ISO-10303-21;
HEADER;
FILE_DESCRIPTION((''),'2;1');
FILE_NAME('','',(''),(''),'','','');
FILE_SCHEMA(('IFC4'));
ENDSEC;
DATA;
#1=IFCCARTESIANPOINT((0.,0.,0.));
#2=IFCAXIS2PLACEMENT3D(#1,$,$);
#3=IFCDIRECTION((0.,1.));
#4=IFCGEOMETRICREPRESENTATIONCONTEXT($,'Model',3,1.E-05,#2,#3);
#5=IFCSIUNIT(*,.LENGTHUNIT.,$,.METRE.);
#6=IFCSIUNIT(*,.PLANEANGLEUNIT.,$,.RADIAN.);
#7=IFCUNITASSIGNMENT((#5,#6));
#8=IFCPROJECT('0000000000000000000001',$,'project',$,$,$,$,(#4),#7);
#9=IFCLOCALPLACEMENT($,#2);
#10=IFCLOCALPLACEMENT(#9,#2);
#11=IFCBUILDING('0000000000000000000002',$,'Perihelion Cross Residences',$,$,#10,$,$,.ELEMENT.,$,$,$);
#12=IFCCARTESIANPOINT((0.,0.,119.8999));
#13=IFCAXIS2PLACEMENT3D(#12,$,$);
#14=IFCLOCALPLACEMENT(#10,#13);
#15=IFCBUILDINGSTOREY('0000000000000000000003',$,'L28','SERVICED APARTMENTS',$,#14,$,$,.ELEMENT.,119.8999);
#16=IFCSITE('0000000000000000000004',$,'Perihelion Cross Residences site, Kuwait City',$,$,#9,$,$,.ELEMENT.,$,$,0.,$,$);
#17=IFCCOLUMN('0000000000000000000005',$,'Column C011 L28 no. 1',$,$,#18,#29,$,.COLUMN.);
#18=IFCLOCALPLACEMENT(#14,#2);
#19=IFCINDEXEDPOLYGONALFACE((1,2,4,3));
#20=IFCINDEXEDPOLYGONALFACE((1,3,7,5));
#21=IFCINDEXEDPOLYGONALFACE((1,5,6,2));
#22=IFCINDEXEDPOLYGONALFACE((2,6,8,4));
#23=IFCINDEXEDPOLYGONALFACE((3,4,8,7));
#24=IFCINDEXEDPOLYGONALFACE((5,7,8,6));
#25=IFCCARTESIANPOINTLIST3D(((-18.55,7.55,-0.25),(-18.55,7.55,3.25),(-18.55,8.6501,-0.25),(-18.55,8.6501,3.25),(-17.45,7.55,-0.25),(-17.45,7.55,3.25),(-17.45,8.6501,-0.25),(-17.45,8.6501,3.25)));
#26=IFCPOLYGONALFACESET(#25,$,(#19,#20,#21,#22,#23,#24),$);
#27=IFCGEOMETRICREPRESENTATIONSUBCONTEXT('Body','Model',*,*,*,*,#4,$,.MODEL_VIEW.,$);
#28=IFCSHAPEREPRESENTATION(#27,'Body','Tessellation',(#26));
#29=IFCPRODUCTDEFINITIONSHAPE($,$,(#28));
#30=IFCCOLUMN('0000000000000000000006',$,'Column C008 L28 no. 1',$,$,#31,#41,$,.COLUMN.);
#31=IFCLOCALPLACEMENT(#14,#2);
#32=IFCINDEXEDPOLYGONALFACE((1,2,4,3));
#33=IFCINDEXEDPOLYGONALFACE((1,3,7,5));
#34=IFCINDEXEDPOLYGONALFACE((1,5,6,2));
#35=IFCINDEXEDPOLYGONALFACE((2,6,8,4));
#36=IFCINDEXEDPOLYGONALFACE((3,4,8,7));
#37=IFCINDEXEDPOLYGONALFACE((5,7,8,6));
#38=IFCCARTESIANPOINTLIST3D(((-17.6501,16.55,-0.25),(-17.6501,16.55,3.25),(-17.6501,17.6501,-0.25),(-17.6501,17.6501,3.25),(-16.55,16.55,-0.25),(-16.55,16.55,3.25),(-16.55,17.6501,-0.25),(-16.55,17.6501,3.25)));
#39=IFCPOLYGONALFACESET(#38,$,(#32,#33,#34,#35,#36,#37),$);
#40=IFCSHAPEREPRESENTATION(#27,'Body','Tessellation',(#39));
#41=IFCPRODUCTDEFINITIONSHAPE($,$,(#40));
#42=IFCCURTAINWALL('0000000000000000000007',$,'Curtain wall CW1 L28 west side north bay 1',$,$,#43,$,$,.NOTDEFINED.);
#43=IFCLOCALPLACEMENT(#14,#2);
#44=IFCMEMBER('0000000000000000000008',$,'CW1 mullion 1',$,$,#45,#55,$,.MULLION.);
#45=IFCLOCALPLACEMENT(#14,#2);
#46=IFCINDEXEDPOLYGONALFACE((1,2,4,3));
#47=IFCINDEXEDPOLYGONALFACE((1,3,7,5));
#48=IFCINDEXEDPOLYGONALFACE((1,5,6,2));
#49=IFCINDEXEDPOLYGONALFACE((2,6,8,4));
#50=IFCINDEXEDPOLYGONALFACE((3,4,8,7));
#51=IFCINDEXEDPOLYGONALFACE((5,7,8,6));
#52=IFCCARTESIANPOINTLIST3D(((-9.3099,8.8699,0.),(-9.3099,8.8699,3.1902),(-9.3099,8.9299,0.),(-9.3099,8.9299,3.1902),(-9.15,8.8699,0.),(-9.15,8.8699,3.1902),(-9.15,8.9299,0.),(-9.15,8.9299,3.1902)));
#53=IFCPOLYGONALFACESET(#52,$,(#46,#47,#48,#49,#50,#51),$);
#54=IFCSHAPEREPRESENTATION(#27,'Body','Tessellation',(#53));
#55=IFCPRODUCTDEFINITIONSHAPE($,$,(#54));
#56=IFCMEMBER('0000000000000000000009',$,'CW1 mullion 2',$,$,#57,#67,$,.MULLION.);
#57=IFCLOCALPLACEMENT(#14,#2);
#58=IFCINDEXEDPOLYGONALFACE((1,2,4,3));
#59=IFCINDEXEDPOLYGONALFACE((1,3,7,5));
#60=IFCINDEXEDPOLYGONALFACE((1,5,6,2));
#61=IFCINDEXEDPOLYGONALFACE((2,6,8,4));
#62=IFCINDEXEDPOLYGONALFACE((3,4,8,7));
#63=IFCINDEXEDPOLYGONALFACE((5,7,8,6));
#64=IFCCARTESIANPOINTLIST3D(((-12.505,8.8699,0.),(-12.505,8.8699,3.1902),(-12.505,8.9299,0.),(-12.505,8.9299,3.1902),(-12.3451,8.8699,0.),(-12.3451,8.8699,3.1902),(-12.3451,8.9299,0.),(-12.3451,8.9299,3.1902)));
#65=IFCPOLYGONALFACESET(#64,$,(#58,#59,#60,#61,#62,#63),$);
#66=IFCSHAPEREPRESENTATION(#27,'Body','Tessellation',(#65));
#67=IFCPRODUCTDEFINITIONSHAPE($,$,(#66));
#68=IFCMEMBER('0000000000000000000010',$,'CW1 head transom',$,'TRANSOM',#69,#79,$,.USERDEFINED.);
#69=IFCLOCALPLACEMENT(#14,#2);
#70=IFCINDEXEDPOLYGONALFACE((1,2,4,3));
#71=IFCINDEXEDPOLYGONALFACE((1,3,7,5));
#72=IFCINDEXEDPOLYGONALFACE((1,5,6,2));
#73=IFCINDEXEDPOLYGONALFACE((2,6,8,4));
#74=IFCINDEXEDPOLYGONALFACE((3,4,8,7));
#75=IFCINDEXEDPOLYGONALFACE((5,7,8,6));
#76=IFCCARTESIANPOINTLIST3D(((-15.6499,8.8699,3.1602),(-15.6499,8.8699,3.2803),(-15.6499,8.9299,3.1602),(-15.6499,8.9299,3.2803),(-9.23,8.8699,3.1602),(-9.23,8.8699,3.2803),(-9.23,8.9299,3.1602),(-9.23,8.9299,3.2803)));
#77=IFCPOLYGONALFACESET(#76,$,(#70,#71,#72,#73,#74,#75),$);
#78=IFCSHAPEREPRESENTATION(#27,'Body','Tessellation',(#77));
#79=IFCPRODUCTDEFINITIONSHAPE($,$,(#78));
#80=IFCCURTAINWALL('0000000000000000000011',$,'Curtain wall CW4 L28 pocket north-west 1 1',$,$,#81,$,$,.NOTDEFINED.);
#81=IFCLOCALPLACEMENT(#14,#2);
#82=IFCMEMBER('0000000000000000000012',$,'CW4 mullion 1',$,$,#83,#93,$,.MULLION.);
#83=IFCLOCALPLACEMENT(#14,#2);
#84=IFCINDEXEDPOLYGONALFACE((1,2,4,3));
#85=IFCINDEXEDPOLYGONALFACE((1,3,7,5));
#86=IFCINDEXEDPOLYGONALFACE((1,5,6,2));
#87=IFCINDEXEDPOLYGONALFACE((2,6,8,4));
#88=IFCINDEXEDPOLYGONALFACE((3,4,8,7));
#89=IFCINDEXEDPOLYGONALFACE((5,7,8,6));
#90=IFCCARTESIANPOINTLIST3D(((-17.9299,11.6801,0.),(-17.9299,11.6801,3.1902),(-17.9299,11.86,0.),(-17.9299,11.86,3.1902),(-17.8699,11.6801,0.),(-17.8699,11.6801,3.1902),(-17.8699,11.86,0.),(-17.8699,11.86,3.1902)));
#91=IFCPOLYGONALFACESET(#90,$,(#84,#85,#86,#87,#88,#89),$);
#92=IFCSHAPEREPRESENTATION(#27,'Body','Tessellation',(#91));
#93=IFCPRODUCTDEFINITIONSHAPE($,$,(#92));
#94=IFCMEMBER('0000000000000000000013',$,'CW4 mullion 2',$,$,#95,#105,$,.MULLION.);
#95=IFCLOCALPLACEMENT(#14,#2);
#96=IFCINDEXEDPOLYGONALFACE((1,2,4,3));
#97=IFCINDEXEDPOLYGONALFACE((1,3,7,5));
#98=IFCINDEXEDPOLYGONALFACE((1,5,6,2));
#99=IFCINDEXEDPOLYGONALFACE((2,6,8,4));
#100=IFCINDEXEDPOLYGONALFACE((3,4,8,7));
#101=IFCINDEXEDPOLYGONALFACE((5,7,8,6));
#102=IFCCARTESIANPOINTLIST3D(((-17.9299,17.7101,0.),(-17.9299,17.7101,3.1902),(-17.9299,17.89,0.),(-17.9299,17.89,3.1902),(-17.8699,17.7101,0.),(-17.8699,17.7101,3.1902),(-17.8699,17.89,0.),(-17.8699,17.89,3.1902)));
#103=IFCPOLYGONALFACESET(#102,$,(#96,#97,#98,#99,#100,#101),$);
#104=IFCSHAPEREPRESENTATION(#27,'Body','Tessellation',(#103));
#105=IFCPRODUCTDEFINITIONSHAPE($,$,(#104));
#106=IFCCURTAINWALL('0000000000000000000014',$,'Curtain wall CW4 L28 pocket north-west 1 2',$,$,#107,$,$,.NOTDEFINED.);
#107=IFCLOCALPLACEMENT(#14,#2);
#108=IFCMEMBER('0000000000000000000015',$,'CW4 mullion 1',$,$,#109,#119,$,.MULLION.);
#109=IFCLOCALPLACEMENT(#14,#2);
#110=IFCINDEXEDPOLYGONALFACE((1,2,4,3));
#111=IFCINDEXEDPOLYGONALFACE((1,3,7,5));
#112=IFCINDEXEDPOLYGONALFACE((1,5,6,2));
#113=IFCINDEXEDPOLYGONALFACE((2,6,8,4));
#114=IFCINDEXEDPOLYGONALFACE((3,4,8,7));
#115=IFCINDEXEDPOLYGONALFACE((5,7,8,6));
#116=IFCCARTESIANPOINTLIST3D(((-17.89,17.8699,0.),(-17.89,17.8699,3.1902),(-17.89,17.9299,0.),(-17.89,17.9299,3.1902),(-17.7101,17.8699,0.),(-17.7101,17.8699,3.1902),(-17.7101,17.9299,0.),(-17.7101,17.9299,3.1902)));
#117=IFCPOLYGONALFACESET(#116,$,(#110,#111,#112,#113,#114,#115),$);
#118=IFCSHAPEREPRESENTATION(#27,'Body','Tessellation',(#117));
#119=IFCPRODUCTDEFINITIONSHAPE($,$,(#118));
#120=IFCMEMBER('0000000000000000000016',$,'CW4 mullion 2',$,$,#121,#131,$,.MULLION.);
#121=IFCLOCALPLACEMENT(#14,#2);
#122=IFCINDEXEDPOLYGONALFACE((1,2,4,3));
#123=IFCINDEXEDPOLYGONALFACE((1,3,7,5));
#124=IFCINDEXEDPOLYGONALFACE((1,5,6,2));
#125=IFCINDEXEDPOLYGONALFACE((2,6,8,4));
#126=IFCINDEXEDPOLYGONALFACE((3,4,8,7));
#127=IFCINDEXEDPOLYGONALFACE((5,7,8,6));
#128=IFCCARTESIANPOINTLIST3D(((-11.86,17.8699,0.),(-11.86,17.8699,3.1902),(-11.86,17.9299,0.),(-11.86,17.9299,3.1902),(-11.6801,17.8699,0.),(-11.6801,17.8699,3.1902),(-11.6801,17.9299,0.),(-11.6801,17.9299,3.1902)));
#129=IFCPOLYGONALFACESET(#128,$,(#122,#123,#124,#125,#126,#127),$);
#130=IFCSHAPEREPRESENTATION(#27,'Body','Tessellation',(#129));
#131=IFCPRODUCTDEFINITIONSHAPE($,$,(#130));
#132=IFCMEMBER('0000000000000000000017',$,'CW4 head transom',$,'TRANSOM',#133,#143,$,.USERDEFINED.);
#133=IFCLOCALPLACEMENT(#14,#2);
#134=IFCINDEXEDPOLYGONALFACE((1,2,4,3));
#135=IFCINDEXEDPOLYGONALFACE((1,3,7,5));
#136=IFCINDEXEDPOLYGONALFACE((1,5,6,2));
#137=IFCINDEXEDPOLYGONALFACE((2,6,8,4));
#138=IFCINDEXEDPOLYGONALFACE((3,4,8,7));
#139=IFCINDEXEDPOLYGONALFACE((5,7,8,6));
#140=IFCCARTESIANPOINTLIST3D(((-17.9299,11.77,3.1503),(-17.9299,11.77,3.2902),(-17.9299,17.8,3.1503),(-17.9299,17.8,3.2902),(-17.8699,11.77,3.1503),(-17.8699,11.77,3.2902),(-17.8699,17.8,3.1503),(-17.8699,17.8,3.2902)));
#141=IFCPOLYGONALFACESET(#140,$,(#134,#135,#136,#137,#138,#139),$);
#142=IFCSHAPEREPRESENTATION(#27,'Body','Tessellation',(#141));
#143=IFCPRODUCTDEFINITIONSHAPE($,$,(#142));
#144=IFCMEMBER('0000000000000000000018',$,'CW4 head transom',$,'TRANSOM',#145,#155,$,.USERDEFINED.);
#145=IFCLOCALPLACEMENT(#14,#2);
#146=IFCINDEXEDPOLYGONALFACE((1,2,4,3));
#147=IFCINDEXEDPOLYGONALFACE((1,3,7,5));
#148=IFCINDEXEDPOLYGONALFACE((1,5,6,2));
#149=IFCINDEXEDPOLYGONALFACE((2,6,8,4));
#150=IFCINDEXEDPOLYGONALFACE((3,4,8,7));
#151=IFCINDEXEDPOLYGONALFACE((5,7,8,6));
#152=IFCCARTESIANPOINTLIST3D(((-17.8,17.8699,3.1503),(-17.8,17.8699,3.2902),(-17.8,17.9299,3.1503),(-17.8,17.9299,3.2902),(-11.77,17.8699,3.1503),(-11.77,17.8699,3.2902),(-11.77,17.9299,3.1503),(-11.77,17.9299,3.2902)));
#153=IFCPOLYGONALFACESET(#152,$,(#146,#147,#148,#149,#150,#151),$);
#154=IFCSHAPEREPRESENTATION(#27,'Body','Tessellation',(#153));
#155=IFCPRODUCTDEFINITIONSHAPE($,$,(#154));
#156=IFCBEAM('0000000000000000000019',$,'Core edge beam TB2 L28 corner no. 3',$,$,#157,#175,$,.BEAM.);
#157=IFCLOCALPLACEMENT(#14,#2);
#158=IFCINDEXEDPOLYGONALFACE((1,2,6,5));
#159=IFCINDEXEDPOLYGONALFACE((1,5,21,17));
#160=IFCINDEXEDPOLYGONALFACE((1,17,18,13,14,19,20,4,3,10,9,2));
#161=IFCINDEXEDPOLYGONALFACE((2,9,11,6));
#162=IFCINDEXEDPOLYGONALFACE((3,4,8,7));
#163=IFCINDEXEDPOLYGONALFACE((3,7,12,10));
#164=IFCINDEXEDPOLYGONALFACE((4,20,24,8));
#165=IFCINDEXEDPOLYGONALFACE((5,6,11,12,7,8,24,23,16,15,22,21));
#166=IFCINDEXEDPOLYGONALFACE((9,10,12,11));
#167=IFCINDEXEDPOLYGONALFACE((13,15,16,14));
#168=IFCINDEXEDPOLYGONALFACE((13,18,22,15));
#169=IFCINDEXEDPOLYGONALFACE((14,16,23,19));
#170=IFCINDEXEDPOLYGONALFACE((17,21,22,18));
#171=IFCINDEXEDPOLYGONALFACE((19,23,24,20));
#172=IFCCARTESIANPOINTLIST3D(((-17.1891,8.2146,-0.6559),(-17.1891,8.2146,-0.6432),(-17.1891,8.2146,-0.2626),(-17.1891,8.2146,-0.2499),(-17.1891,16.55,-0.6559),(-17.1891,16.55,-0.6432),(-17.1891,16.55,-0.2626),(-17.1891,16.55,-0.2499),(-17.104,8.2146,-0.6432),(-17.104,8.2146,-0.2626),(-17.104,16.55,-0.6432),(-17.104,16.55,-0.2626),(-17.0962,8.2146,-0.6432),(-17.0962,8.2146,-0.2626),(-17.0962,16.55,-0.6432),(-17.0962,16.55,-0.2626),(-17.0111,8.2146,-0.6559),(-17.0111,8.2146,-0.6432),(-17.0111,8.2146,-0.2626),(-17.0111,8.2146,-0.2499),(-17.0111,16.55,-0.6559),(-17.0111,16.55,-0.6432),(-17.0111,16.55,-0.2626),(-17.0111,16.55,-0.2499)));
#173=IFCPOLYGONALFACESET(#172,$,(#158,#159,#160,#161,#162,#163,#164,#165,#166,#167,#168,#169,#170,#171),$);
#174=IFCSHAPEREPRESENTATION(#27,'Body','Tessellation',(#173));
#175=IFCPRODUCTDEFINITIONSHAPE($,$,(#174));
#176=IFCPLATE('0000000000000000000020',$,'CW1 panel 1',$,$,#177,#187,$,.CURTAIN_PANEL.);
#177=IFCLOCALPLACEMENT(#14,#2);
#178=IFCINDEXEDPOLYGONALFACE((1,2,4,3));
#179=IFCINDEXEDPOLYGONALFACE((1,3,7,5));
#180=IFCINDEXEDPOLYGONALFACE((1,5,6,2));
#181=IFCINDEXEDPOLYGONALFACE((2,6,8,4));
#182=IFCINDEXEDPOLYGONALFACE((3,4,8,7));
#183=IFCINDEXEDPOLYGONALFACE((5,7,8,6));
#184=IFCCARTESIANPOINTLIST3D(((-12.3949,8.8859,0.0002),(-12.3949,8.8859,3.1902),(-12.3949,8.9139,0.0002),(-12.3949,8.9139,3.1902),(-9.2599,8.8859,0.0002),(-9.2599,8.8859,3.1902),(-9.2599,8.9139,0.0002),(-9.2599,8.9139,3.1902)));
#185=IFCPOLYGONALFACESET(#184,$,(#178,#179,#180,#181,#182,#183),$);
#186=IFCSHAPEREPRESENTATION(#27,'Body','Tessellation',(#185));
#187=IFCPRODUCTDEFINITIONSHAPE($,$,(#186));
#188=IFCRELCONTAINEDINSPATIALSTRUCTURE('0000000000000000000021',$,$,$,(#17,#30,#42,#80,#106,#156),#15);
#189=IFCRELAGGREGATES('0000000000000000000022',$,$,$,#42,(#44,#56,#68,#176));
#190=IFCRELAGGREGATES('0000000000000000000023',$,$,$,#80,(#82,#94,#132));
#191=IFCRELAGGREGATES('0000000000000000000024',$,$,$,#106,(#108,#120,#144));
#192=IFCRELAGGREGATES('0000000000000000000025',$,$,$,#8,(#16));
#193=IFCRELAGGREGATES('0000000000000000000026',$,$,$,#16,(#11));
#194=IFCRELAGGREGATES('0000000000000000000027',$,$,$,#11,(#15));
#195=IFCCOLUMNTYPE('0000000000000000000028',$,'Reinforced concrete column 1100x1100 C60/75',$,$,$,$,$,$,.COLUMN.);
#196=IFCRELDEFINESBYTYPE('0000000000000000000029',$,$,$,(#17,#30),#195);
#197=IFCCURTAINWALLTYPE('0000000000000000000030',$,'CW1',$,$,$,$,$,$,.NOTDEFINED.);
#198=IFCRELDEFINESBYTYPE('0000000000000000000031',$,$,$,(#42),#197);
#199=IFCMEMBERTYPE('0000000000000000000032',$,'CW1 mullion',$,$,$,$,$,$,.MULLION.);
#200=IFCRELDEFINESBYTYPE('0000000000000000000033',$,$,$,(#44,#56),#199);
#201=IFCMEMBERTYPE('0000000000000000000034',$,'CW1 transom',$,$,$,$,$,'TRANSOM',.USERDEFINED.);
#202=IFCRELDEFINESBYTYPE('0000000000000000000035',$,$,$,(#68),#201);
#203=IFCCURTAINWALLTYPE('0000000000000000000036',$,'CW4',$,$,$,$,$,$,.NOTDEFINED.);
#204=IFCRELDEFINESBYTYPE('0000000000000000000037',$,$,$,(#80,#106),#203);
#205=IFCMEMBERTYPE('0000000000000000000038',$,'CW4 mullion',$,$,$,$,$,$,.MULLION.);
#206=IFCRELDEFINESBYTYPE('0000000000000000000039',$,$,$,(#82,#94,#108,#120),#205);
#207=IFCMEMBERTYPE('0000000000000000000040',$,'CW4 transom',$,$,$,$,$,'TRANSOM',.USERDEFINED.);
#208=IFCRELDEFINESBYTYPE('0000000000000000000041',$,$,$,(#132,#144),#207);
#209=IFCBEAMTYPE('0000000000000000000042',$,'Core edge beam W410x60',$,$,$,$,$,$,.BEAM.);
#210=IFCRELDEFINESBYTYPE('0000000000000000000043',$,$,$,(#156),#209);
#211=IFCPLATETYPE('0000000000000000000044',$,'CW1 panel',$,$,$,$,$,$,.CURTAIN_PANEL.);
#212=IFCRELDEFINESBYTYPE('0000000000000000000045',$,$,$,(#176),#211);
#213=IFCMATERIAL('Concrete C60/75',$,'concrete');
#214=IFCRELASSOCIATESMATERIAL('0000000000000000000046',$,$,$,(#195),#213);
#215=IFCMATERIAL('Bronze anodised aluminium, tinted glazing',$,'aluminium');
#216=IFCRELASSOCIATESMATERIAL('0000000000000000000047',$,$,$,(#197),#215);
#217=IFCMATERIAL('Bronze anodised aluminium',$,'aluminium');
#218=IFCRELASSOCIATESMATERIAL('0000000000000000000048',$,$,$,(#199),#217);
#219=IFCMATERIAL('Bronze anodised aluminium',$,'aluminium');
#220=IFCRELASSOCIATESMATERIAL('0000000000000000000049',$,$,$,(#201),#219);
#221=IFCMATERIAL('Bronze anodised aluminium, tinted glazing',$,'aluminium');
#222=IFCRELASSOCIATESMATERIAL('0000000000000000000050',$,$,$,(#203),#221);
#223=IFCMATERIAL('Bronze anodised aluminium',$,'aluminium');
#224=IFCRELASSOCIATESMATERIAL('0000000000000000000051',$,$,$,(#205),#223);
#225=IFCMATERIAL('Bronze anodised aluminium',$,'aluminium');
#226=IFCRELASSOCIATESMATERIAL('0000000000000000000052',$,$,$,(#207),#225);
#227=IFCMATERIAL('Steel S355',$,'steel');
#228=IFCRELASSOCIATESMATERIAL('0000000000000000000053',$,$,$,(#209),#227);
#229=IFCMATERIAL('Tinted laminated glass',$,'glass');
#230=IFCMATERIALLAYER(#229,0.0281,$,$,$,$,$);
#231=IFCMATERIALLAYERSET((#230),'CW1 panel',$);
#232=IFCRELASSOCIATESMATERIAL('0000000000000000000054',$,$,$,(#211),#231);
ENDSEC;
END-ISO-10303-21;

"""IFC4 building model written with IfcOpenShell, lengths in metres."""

from ifc_helpers import new_model, si_unit, direction, frame, origin, origin_2d, place, context, subcontext, project, spatial, rectangle, i_section, extrude, material, layer, layer_set, material_profile, profile_set, type_object, element, aggregate, save


model = new_model("IFC4")

# Units and contexts
model_context = context("Model", 3, precision=1e-05, world=origin(), true_north=direction((0.0, 1.0)))
body_context = subcontext(model_context, "Body", "Model", "MODEL_VIEW")
ifc_project = project(units=[si_unit("LENGTHUNIT", "METRE"), si_unit("PLANEANGLEUNIT", "RADIAN")], contexts=[model_context])

# Site, building, storey
site_placement = place(None, origin())
site = spatial("IfcSite", under=ifc_project, at=site_placement, Name="Perihelion Cross Residences site, Kuwait City", CompositionType="ELEMENT", RefElevation=0.0)
building_placement = place(site_placement, origin())
building = spatial("IfcBuilding", under=site, at=building_placement, Name="Perihelion Cross Residences", CompositionType="ELEMENT")
storey_placement = place(building_placement, frame((0.0, 0.0, 119.8999)))
storey = spatial("IfcBuildingStorey", under=building, at=storey_placement, Name="L28", Description="SERVICED APARTMENTS", CompositionType="ELEMENT", Elevation=119.8999)

# Columns
ifc_material_1 = material(Name="Concrete C60/75", Category="concrete")
ifc_material_profile_1 = material_profile(ifc_material_1, rectangle(XDim=1.1001, YDim=1.1001, at=origin_2d()), Name="RC 1100x1100")
ifc_profile_set_1 = profile_set([ifc_material_profile_1], Name="Concrete C60/75")
column_type = type_object("IfcColumnType", Name="Reinforced concrete column 1100x1100 C60/75", PredefinedType="COLUMN", material=ifc_profile_set_1)
for number, where, z_axis, x_axis, name in (
    (1, (-18.0, 8.1001, -0.25), (0.0, 0.0, 1.0), (1.0, 0.0, 0.0), "Column C011 L28 no. 1"),
    (2, (-17.1001, 17.1001, -0.25), (0.0, 0.0, 1.0), (1.0, 0.0, 0.0), "Column C008 L28 no. 1"),
):
    element("IfcColumn", number, at=place(storey_placement, frame(where, z_axis=z_axis, x_axis=x_axis)), inside=storey, type_object=column_type, Name=name, PredefinedType="COLUMN", context=body_context, shape_type="SweptSolid", body=[
        extrude(rectangle(XDim=1.1001, YDim=1.1001, at=origin_2d()), origin(), (0.0, 0.0, 1.0), 3.5),
    ])

# Curtain walls, members
ifc_material_2 = material(Name="Bronze anodised aluminium, tinted glazing", Category="aluminium")
curtain_wall_type_1 = type_object("IfcCurtainWallType", Name="CW1", PredefinedType="NOTDEFINED", material=ifc_material_2)
curtain_wall_1_placement = place(storey_placement, origin())
curtain_wall_1 = element("IfcCurtainWall", 3, at=curtain_wall_1_placement, inside=storey, type_object=curtain_wall_type_1, Name="Curtain wall CW1 L28 west side north bay 1", PredefinedType="NOTDEFINED")
ifc_material_3 = material(Name="Bronze anodised aluminium", Category="aluminium")
ifc_material_profile_2 = material_profile(ifc_material_3, rectangle(XDim=0.0601, YDim=0.1599, at=origin_2d()), Name="CW1 mullion")
ifc_profile_set_2 = profile_set([ifc_material_profile_2], Name="Bronze anodised aluminium")
member_type_1 = type_object("IfcMemberType", Name="CW1 mullion", PredefinedType="MULLION", material=ifc_profile_set_2)
member_1_placement = place(storey_placement, frame((-9.23, 8.8999, 0.0), z_axis=(0.0, 0.0, 1.0), x_axis=(0.0, -1.0, 0.0)))
member_1 = element("IfcMember", 4, at=member_1_placement, type_object=member_type_1, Name="CW1 mullion 1", PredefinedType="MULLION", context=body_context, shape_type="SweptSolid", body=[
    extrude(rectangle(XDim=0.0601, YDim=0.1599, at=origin_2d()), origin(), (0.0, 0.0, 1.0), 3.1902),
])
member_2_placement = place(storey_placement, frame((-12.425, 8.8999, 0.0), z_axis=(0.0, 0.0, 1.0), x_axis=(0.0, -1.0, 0.0)))
member_2 = element("IfcMember", 5, at=member_2_placement, type_object=member_type_1, Name="CW1 mullion 2", PredefinedType="MULLION", context=body_context, shape_type="SweptSolid", body=[
    extrude(rectangle(XDim=0.0601, YDim=0.1599, at=origin_2d()), origin(), (0.0, 0.0, 1.0), 3.1902),
])
ifc_material_4 = material(Name="Bronze anodised aluminium", Category="aluminium")
ifc_material_profile_3 = material_profile(ifc_material_4, rectangle(XDim=0.0601, YDim=0.1201, at=origin_2d()), Name="CW1 transom")
ifc_profile_set_3 = profile_set([ifc_material_profile_3], Name="Bronze anodised aluminium")
member_type_2 = type_object("IfcMemberType", Name="CW1 transom", ElementType="TRANSOM", PredefinedType="USERDEFINED", material=ifc_profile_set_3)
member_3_placement = place(storey_placement, frame((-9.23, 8.8999, 3.2202), z_axis=(-1.0, 0.0, 0.0), x_axis=(0.0, -1.0, 0.0)))
member_3 = element("IfcMember", 6, at=member_3_placement, type_object=member_type_2, Name="CW1 head transom", ObjectType="TRANSOM", PredefinedType="USERDEFINED", context=body_context, shape_type="SweptSolid", body=[
    extrude(rectangle(XDim=0.0601, YDim=0.1201, at=origin_2d()), origin(), (0.0, 0.0, 1.0), 6.4199),
])
ifc_material_5 = material(Name="Bronze anodised aluminium, tinted glazing", Category="aluminium")
curtain_wall_type_2 = type_object("IfcCurtainWallType", Name="CW4", PredefinedType="NOTDEFINED", material=ifc_material_5)
curtain_wall_2_placement = place(storey_placement, origin())
curtain_wall_2 = element("IfcCurtainWall", 7, at=curtain_wall_2_placement, inside=storey, type_object=curtain_wall_type_2, Name="Curtain wall CW4 L28 pocket north-west 1 1", PredefinedType="NOTDEFINED")
ifc_material_6 = material(Name="Bronze anodised aluminium", Category="aluminium")
ifc_material_profile_4 = material_profile(ifc_material_6, rectangle(XDim=0.0601, YDim=0.1799, at=origin_2d()), Name="CW4 mullion")
ifc_profile_set_4 = profile_set([ifc_material_profile_4], Name="Bronze anodised aluminium")
member_type_3 = type_object("IfcMemberType", Name="CW4 mullion", PredefinedType="MULLION", material=ifc_profile_set_4)
member_4_placement = place(storey_placement, frame((-17.8999, 11.77, 0.0), z_axis=(0.0, 0.0, 1.0), x_axis=(-1.0, 0.0, 0.0)))
member_4 = element("IfcMember", 8, at=member_4_placement, type_object=member_type_3, Name="CW4 mullion 1", PredefinedType="MULLION", context=body_context, shape_type="SweptSolid", body=[
    extrude(rectangle(XDim=0.0601, YDim=0.1799, at=origin_2d()), origin(), (0.0, 0.0, 1.0), 3.1902),
])
member_5_placement = place(storey_placement, frame((-17.8999, 17.8, 0.0), z_axis=(0.0, 0.0, 1.0), x_axis=(-1.0, 0.0, 0.0)))
member_5 = element("IfcMember", 9, at=member_5_placement, type_object=member_type_3, Name="CW4 mullion 2", PredefinedType="MULLION", context=body_context, shape_type="SweptSolid", body=[
    extrude(rectangle(XDim=0.0601, YDim=0.1799, at=origin_2d()), origin(), (0.0, 0.0, 1.0), 3.1902),
])
curtain_wall_3_placement = place(storey_placement, origin())
curtain_wall_3 = element("IfcCurtainWall", 10, at=curtain_wall_3_placement, inside=storey, type_object=curtain_wall_type_2, Name="Curtain wall CW4 L28 pocket north-west 1 2", PredefinedType="NOTDEFINED")
member_6_placement = place(storey_placement, frame((-17.8, 17.8999, 0.0), z_axis=(0.0, 0.0, 1.0), x_axis=(0.0, 1.0, 0.0)))
member_6 = element("IfcMember", 11, at=member_6_placement, type_object=member_type_3, Name="CW4 mullion 1", PredefinedType="MULLION", context=body_context, shape_type="SweptSolid", body=[
    extrude(rectangle(XDim=0.0601, YDim=0.1799, at=origin_2d()), origin(), (0.0, 0.0, 1.0), 3.1902),
])
member_7_placement = place(storey_placement, frame((-11.77, 17.8999, 0.0), z_axis=(0.0, 0.0, 1.0), x_axis=(0.0, 1.0, 0.0)))
member_7 = element("IfcMember", 12, at=member_7_placement, type_object=member_type_3, Name="CW4 mullion 2", PredefinedType="MULLION", context=body_context, shape_type="SweptSolid", body=[
    extrude(rectangle(XDim=0.0601, YDim=0.1799, at=origin_2d()), origin(), (0.0, 0.0, 1.0), 3.1902),
])

# Members
ifc_material_7 = material(Name="Bronze anodised aluminium", Category="aluminium")
ifc_material_profile_5 = material_profile(ifc_material_7, rectangle(XDim=0.0601, YDim=0.1399, at=origin_2d()), Name="CW4 transom")
ifc_profile_set_5 = profile_set([ifc_material_profile_5], Name="Bronze anodised aluminium")
member_type_4 = type_object("IfcMemberType", Name="CW4 transom", ElementType="TRANSOM", PredefinedType="USERDEFINED", material=ifc_profile_set_5)
member_8_placement = place(storey_placement, frame((-17.8999, 11.77, 3.2202), z_axis=(0.0, 1.0, 0.0), x_axis=(-1.0, 0.0, 0.0)))
member_8 = element("IfcMember", 13, at=member_8_placement, type_object=member_type_4, Name="CW4 head transom", ObjectType="TRANSOM", PredefinedType="USERDEFINED", context=body_context, shape_type="SweptSolid", body=[
    extrude(rectangle(XDim=0.0601, YDim=0.1399, at=origin_2d()), origin(), (0.0, 0.0, 1.0), 6.03),
])
member_9_placement = place(storey_placement, frame((-17.8, 17.8999, 3.2202), z_axis=(1.0, 0.0, 0.0), x_axis=(0.0, 1.0, 0.0)))
member_9 = element("IfcMember", 14, at=member_9_placement, type_object=member_type_4, Name="CW4 head transom", ObjectType="TRANSOM", PredefinedType="USERDEFINED", context=body_context, shape_type="SweptSolid", body=[
    extrude(rectangle(XDim=0.0601, YDim=0.1399, at=origin_2d()), origin(), (0.0, 0.0, 1.0), 6.03),
])

# Beam
ifc_material_8 = material(Name="Steel S355", Category="steel")
ifc_material_profile_6 = material_profile(ifc_material_8, i_section(OverallWidth=0.178, OverallDepth=0.406, WebThickness=0.0078, FlangeThickness=0.0127, at=origin_2d()), Name="W410x60")
ifc_profile_set_6 = profile_set([ifc_material_profile_6], Name="Steel S355")
beam_type = type_object("IfcBeamType", Name="Core edge beam W410x60", PredefinedType="BEAM", material=ifc_profile_set_6)
beam_placement = place(storey_placement, frame((-17.1001, 8.2146, -0.4529), z_axis=(0.0, 1.0, 0.0), x_axis=(-1.0, 0.0, 0.0)))
element("IfcBeam", 15, at=beam_placement, inside=storey, type_object=beam_type, Name="Core edge beam TB2 L28 corner no. 3", PredefinedType="BEAM", context=body_context, shape_type="SweptSolid", body=[
    extrude(i_section(OverallWidth=0.178, OverallDepth=0.406, WebThickness=0.0078, FlangeThickness=0.0127, at=origin_2d()), origin(), (0.0, 0.0, 1.0), 8.3354),
])

# Plate
ifc_material_9 = material(Name="Tinted laminated glass", Category="glass")
ifc_layer_1 = layer(ifc_material_9, 0.0281)
ifc_layer_set_1 = layer_set([ifc_layer_1], Name="CW1 panel")
plate_type_1 = type_object("IfcPlateType", Name="CW1 panel", PredefinedType="CURTAIN_PANEL", material=ifc_layer_set_1)
plate_1_placement = place(storey_placement, frame((-10.8274, 8.8999, 0.0002), z_axis=(0.0, 0.0, 1.0), x_axis=(-1.0, 0.0, 0.0)))
plate_1 = element("IfcPlate", 16, at=plate_1_placement, type_object=plate_type_1, Name="CW1 panel 1", PredefinedType="CURTAIN_PANEL", context=body_context, shape_type="SweptSolid", body=[
    extrude(rectangle(XDim=3.135, YDim=0.0281, at=origin_2d()), origin(), (0.0, 0.0, 1.0), 3.1899),
])
aggregate(curtain_wall_1, [member_1, member_2, member_3, plate_1])
aggregate(curtain_wall_2, [member_4, member_5, member_8])
aggregate(curtain_wall_3, [member_6, member_7, member_9])

save(model, "model.ifc")
